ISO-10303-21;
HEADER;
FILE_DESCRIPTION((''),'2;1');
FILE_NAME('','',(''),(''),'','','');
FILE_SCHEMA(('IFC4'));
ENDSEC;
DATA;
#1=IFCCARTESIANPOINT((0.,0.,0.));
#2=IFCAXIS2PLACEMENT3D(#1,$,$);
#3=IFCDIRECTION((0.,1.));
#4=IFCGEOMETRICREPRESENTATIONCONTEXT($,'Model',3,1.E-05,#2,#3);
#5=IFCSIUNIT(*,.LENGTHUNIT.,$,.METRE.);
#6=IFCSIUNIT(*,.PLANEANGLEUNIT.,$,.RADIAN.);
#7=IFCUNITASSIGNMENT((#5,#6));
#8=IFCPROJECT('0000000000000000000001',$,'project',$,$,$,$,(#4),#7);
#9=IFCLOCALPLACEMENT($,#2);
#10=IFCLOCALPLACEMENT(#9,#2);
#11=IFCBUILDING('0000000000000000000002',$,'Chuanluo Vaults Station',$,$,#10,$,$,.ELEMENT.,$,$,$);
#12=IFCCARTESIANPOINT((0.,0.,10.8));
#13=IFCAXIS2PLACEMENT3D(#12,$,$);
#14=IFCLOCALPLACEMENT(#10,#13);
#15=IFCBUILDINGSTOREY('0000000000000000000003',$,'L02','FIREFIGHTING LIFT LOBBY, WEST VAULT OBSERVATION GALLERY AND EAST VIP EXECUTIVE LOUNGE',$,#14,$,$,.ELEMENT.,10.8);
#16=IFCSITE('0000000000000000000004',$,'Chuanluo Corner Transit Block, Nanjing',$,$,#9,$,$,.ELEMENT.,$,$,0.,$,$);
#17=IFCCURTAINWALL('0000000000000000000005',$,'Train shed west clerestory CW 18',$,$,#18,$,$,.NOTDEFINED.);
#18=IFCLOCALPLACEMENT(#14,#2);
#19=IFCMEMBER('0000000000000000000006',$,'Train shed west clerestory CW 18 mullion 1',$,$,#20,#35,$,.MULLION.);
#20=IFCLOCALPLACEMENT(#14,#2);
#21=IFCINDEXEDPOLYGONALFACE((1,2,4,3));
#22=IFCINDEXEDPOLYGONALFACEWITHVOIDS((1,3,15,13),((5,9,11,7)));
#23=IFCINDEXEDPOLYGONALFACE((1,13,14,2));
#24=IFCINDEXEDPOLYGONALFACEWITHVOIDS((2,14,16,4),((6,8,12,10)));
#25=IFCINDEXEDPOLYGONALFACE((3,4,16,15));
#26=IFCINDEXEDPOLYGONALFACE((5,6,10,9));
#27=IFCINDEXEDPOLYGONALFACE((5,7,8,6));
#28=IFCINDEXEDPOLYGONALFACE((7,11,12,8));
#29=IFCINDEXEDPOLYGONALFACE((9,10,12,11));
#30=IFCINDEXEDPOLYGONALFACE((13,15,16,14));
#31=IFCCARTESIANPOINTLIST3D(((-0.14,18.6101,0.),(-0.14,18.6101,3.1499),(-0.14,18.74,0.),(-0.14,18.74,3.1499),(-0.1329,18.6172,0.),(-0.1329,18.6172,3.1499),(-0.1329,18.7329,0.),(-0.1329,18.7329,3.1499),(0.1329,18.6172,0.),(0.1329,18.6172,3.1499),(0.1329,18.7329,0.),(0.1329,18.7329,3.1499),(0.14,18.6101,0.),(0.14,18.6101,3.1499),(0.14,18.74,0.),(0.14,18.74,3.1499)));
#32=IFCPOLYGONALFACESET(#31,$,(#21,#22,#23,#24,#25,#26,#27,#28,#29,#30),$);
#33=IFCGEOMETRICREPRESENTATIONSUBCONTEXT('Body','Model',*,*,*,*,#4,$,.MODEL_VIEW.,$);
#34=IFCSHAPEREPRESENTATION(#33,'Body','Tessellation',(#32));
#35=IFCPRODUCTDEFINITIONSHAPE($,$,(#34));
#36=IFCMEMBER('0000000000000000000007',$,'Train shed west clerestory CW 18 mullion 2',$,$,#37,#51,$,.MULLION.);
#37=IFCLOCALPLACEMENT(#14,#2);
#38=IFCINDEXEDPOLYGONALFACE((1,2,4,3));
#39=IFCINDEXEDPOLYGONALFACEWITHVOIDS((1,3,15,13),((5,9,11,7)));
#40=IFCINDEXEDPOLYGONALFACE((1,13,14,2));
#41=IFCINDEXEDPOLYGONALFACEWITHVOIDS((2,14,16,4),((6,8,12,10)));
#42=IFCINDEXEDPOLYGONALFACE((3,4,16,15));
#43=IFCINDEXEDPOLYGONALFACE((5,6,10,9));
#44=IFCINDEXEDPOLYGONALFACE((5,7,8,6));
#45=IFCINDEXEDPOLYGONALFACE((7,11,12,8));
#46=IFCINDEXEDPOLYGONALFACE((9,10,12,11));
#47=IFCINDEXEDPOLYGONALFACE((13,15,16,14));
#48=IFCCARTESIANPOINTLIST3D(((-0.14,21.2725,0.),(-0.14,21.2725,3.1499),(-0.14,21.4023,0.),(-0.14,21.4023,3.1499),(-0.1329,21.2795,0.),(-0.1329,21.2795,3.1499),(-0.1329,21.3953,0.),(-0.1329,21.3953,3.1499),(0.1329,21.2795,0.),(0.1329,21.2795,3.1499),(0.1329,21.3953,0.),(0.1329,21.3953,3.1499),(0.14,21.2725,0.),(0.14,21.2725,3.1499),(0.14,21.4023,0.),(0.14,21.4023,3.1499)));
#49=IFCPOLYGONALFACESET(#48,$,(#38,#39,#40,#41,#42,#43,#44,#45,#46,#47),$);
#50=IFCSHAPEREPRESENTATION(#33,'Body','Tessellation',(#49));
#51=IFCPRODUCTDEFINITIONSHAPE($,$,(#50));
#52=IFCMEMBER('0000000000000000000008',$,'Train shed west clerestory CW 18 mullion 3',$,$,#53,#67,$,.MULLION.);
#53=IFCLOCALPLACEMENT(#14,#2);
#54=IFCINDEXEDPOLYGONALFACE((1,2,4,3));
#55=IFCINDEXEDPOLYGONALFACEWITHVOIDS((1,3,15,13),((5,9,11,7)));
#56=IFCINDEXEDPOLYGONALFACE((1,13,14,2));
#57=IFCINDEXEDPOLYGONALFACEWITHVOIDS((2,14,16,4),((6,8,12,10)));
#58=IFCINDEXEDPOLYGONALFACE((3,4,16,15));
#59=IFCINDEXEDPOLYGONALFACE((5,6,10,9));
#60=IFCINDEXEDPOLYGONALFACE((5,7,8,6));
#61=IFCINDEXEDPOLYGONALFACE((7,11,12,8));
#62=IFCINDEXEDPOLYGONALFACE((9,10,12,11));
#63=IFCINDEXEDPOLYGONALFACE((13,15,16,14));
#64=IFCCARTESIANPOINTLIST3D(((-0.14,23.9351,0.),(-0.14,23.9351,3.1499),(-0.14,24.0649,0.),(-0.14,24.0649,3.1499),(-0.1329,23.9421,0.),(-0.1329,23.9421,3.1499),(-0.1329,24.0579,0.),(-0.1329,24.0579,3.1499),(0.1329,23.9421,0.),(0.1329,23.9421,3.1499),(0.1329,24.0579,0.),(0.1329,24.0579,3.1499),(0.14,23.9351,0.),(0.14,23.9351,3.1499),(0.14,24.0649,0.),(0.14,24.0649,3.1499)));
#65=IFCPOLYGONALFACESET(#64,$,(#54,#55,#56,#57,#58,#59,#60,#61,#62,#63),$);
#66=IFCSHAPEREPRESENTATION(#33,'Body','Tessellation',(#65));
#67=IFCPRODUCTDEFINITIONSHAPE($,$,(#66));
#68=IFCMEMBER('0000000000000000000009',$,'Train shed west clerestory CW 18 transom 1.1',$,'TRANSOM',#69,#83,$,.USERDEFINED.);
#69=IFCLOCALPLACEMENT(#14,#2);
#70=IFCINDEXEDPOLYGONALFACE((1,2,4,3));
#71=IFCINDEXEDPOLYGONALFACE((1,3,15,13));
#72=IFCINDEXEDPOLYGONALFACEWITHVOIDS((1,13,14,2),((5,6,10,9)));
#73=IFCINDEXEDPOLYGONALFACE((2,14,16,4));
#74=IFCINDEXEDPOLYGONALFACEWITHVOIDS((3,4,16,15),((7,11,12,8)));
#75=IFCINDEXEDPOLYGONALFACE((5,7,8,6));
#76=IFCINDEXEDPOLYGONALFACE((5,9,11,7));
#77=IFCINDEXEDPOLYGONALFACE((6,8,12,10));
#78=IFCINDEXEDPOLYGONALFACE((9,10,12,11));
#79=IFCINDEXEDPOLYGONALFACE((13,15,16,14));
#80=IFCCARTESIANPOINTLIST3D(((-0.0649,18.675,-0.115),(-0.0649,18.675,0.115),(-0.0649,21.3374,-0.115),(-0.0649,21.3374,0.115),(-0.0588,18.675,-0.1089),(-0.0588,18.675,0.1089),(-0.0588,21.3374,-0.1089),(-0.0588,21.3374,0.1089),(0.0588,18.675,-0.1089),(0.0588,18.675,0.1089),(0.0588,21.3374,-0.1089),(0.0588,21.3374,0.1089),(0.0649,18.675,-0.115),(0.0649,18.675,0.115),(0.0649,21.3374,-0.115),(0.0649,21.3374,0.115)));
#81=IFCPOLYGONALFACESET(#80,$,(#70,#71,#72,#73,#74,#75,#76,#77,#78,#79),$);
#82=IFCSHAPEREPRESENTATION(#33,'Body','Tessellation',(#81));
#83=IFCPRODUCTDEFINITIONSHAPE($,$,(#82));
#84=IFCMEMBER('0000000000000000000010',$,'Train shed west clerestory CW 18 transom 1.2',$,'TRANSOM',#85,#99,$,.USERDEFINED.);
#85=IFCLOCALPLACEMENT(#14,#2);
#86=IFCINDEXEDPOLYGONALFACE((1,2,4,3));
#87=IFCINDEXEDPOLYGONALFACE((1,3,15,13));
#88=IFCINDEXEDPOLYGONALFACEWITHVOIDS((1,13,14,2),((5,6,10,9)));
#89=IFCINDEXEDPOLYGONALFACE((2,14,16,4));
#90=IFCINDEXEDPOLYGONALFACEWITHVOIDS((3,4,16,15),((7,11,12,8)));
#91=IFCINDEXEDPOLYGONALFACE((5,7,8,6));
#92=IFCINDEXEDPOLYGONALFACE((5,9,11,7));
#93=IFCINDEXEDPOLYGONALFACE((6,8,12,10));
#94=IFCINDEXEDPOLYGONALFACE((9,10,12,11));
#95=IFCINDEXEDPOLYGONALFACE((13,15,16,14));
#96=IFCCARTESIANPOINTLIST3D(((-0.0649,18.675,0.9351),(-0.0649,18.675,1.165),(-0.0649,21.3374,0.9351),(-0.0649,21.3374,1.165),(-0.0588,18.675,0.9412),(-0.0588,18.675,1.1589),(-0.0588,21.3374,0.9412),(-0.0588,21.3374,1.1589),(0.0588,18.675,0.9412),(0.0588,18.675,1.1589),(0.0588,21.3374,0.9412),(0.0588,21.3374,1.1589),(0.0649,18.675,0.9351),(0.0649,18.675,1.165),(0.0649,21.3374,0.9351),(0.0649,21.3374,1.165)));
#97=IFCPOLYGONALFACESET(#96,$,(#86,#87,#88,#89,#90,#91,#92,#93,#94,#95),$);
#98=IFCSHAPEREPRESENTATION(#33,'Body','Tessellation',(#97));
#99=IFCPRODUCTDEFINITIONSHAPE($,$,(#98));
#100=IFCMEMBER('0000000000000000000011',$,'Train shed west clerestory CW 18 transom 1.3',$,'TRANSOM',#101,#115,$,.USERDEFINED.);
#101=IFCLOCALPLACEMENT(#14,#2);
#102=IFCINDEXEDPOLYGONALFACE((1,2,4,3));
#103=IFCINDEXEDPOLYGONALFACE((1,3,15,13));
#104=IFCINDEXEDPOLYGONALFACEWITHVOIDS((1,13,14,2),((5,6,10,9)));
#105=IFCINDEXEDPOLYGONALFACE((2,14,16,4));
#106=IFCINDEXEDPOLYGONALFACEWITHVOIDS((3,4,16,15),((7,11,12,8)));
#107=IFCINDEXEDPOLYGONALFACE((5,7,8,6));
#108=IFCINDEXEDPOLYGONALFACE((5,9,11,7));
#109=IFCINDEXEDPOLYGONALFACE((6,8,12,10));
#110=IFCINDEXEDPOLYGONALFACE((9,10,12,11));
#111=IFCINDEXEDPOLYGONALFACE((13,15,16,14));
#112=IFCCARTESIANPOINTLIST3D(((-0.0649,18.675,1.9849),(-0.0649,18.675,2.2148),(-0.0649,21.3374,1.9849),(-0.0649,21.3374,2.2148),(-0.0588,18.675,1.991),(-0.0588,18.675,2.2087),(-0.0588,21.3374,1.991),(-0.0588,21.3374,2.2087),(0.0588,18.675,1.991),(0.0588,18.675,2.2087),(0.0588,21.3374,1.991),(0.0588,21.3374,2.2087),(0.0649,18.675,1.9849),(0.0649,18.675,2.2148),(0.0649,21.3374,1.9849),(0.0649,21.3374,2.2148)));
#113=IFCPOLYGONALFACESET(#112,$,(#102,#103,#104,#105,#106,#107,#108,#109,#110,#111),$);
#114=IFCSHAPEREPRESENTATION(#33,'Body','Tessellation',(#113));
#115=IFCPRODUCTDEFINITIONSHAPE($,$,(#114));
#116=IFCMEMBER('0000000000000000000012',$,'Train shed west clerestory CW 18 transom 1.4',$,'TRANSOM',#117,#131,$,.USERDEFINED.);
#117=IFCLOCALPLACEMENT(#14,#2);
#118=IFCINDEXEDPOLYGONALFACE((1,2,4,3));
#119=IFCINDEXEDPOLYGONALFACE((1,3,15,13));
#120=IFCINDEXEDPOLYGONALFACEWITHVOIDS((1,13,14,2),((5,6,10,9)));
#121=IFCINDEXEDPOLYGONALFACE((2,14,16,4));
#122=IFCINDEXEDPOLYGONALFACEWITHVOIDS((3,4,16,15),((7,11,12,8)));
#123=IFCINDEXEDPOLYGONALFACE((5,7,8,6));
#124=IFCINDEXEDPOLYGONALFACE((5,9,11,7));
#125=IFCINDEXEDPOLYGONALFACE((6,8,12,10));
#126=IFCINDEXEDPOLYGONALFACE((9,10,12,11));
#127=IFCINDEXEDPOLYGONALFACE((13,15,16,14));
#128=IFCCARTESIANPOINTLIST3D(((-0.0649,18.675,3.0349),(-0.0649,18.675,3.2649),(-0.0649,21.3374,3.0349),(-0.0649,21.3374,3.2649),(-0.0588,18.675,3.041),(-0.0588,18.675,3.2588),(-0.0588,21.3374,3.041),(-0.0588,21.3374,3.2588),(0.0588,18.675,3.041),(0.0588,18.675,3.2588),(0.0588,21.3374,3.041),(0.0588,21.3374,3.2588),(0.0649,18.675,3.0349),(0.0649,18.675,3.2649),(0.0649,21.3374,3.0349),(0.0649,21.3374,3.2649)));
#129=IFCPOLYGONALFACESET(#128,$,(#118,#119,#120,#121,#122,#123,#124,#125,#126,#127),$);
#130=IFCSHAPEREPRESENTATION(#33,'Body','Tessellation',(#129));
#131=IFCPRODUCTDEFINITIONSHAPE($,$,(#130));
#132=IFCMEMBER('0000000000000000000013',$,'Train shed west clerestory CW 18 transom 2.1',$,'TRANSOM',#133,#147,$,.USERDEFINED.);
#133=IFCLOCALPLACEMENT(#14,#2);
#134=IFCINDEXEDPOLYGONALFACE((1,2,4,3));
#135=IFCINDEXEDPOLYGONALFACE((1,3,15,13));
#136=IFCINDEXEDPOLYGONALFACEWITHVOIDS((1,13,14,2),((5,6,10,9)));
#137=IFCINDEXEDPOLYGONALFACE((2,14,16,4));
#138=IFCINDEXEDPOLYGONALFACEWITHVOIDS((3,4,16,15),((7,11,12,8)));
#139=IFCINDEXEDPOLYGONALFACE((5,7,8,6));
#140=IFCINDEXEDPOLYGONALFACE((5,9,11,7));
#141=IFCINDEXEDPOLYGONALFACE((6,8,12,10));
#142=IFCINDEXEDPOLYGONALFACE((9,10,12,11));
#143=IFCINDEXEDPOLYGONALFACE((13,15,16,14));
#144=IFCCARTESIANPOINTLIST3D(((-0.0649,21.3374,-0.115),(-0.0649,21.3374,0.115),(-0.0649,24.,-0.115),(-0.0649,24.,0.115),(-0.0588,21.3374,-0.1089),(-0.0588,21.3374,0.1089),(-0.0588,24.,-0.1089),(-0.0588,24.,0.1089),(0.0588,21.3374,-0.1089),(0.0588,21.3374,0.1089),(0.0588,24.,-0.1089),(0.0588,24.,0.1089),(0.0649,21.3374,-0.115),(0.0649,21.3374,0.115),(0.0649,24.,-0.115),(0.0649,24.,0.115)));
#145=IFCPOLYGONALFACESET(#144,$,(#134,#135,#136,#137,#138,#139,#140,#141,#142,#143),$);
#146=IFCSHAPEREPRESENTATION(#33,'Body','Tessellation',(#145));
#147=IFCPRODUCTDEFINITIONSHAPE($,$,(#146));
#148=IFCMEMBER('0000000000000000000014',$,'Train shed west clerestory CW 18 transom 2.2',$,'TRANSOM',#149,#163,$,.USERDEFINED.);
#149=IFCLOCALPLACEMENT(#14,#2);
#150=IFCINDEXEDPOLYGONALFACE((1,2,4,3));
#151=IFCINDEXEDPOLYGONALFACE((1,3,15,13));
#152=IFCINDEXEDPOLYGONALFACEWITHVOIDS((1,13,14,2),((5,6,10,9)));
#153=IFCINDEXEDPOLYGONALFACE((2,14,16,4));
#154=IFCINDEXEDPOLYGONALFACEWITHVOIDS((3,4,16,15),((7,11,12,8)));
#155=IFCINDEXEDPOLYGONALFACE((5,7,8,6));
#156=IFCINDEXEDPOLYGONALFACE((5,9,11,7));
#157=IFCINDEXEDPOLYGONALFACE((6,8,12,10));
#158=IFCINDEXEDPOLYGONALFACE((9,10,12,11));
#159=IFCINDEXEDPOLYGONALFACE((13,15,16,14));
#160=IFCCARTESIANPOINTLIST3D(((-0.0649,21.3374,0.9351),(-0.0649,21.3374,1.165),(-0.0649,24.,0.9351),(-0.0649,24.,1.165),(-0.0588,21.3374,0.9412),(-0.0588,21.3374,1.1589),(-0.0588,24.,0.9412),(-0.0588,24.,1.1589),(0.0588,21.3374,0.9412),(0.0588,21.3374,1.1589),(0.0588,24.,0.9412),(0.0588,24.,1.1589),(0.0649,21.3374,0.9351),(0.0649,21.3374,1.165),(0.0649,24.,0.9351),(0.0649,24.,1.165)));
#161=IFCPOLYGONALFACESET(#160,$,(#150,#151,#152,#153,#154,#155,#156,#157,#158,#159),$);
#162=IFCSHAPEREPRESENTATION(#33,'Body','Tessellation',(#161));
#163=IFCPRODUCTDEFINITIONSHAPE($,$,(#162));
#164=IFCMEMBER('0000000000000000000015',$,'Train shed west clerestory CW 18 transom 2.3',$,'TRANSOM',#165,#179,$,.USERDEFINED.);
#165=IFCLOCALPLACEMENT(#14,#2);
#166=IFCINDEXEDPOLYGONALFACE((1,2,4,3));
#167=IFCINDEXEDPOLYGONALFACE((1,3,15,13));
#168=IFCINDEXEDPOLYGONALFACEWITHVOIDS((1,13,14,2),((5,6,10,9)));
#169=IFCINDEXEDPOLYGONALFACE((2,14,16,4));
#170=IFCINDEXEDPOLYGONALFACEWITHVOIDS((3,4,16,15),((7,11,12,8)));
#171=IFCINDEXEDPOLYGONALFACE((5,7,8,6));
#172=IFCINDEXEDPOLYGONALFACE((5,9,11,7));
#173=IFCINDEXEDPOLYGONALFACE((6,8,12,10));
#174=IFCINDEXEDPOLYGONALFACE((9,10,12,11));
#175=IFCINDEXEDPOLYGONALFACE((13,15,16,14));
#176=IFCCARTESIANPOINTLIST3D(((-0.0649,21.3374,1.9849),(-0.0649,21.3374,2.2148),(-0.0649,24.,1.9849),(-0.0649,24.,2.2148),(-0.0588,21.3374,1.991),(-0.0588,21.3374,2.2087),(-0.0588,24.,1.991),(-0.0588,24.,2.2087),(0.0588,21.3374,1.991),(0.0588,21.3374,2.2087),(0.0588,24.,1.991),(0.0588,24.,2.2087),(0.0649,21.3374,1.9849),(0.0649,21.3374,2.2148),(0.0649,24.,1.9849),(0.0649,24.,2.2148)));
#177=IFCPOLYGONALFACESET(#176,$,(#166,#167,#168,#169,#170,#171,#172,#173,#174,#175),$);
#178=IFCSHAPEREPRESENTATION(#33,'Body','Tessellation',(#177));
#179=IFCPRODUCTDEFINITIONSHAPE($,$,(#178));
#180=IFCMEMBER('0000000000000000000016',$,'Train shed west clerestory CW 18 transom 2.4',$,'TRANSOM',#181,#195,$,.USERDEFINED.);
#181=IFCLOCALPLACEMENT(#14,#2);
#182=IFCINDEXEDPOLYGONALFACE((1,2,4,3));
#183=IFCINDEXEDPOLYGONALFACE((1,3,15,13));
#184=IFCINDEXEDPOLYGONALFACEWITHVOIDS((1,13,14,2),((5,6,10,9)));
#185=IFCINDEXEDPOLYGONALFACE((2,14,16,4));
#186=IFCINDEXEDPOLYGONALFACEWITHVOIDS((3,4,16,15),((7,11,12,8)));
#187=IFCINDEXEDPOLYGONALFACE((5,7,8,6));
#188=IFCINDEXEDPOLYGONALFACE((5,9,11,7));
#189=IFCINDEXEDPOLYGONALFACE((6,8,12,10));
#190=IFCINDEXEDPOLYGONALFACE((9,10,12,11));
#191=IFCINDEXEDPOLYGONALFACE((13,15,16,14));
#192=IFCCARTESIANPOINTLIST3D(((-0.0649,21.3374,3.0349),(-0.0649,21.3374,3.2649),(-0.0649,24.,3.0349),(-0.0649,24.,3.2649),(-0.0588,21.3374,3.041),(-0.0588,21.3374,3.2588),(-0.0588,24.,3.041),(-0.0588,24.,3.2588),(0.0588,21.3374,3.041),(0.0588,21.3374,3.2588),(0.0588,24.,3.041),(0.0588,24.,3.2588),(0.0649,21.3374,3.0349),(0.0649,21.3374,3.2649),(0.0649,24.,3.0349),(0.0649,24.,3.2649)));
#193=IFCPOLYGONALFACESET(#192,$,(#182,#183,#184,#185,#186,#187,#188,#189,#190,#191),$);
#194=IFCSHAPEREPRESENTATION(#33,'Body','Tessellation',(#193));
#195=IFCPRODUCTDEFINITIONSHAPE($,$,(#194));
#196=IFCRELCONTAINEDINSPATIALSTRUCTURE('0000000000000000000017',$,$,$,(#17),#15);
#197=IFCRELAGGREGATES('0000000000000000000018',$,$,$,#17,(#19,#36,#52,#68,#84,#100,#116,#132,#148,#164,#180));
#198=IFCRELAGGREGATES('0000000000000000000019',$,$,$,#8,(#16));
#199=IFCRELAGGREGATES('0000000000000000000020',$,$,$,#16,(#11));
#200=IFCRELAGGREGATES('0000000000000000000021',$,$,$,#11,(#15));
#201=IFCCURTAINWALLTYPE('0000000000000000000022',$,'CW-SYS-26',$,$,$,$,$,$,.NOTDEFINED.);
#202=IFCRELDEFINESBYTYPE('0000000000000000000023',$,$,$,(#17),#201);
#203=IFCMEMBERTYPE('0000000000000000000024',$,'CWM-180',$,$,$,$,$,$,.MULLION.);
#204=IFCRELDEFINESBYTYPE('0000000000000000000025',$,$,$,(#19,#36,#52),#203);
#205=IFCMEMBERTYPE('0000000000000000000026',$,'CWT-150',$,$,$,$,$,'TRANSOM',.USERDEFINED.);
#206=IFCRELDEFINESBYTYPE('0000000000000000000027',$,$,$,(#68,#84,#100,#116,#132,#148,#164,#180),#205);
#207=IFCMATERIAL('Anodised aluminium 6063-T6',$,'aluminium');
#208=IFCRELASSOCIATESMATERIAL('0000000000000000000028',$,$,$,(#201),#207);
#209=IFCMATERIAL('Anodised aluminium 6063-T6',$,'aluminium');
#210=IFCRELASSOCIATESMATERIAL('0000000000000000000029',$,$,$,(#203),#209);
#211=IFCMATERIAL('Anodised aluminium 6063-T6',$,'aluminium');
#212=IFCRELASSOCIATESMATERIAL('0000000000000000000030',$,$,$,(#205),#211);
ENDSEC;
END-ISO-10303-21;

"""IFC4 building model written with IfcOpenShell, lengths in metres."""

from ifc_helpers import new_model, si_unit, direction, frame, origin, origin_2d, place, context, subcontext, project, spatial, hollow_rectangle, extrude, material, material_profile, profile_set, type_object, element, aggregate, save


model = new_model("IFC4")

# Units and contexts
model_context = context("Model", 3, precision=1e-05, world=origin(), true_north=direction((0.0, 1.0)))
body_context = subcontext(model_context, "Body", "Model", "MODEL_VIEW")
ifc_project = project(units=[si_unit("LENGTHUNIT", "METRE"), si_unit("PLANEANGLEUNIT", "RADIAN")], contexts=[model_context])

# Site, building, storey
site_placement = place(None, origin())
site = spatial("IfcSite", under=ifc_project, at=site_placement, Name="Chuanluo Corner Transit Block, Nanjing", CompositionType="ELEMENT", RefElevation=0.0)
building_placement = place(site_placement, origin())
building = spatial("IfcBuilding", under=site, at=building_placement, Name="Chuanluo Vaults Station", CompositionType="ELEMENT")
storey_placement = place(building_placement, frame((0.0, 0.0, 10.8)))
storey = spatial("IfcBuildingStorey", under=building, at=storey_placement, Name="L02", Description="FIREFIGHTING LIFT LOBBY, WEST VAULT OBSERVATION GALLERY AND EAST VIP EXECUTIVE LOUNGE", CompositionType="ELEMENT", Elevation=10.8)

# Curtain wall, members
ifc_material_1 = material(Name="Anodised aluminium 6063-T6", Category="aluminium")
curtain_wall_type = type_object("IfcCurtainWallType", Name="CW-SYS-26", PredefinedType="NOTDEFINED", material=ifc_material_1)
curtain_wall_placement = place(storey_placement, origin())
curtain_wall = element("IfcCurtainWall", 1, at=curtain_wall_placement, inside=storey, type_object=curtain_wall_type, Name="Train shed west clerestory CW 18", PredefinedType="NOTDEFINED")
ifc_material_2 = material(Name="Anodised aluminium 6063-T6", Category="aluminium")
ifc_material_profile_1 = material_profile(ifc_material_2, hollow_rectangle(XDim=0.1299, YDim=0.28, WallThickness=0.0071, at=origin_2d()))
ifc_profile_set_1 = profile_set([ifc_material_profile_1], Name="Anodised aluminium 6063-T6")
member_type_1 = type_object("IfcMemberType", Name="CWM-180", PredefinedType="MULLION", material=ifc_profile_set_1)
member_1_placement = place(storey_placement, frame((0.0, 18.675, 0.0), z_axis=(0.0, 0.0, 1.0), x_axis=(0.0, 1.0, 0.0)))
member_1 = element("IfcMember", 2, at=member_1_placement, type_object=member_type_1, Name="Train shed west clerestory CW 18 mullion 1", PredefinedType="MULLION", context=body_context, shape_type="SweptSolid", body=[
    extrude(hollow_rectangle(XDim=0.1299, YDim=0.28, WallThickness=0.0071, at=origin_2d()), origin(), (0.0, 0.0, 1.0), 3.1499),
])
member_2_placement = place(storey_placement, frame((0.0, 21.3374, 0.0), z_axis=(0.0, 0.0, 1.0), x_axis=(0.0, 1.0, 0.0)))
member_2 = element("IfcMember", 3, at=member_2_placement, type_object=member_type_1, Name="Train shed west clerestory CW 18 mullion 2", PredefinedType="MULLION", context=body_context, shape_type="SweptSolid", body=[
    extrude(hollow_rectangle(XDim=0.1299, YDim=0.28, WallThickness=0.0071, at=origin_2d()), origin(), (0.0, 0.0, 1.0), 3.1499),
])
member_3_placement = place(storey_placement, frame((0.0, 24.0, 0.0), z_axis=(0.0, 0.0, 1.0), x_axis=(0.0, 1.0, 0.0)))
member_3 = element("IfcMember", 4, at=member_3_placement, type_object=member_type_1, Name="Train shed west clerestory CW 18 mullion 3", PredefinedType="MULLION", context=body_context, shape_type="SweptSolid", body=[
    extrude(hollow_rectangle(XDim=0.1299, YDim=0.28, WallThickness=0.0071, at=origin_2d()), origin(), (0.0, 0.0, 1.0), 3.1499),
])
ifc_material_3 = material(Name="Anodised aluminium 6063-T6", Category="aluminium")
ifc_material_profile_2 = material_profile(ifc_material_3, hollow_rectangle(XDim=0.1299, YDim=0.23, WallThickness=0.0061, at=origin_2d()))
ifc_profile_set_2 = profile_set([ifc_material_profile_2], Name="Anodised aluminium 6063-T6")
member_type_2 = type_object("IfcMemberType", Name="CWT-150", ElementType="TRANSOM", PredefinedType="USERDEFINED", material=ifc_profile_set_2)
member_4_placement = place(storey_placement, frame((0.0, 18.675, 0.0), z_axis=(0.0, 1.0, 0.0), x_axis=(-1.0, 0.0, 0.0)))
member_4 = element("IfcMember", 5, at=member_4_placement, type_object=member_type_2, Name="Train shed west clerestory CW 18 transom 1.1", ObjectType="TRANSOM", PredefinedType="USERDEFINED", context=body_context, shape_type="SweptSolid", body=[
    extrude(hollow_rectangle(XDim=0.1299, YDim=0.23, WallThickness=0.0061, at=origin_2d()), origin(), (0.0, 0.0, 1.0), 2.6624),
])
member_5_placement = place(storey_placement, frame((0.0, 18.675, 1.05), z_axis=(0.0, 1.0, 0.0), x_axis=(-1.0, 0.0, 0.0)))
member_5 = element("IfcMember", 6, at=member_5_placement, type_object=member_type_2, Name="Train shed west clerestory CW 18 transom 1.2", ObjectType="TRANSOM", PredefinedType="USERDEFINED", context=body_context, shape_type="SweptSolid", body=[
    extrude(hollow_rectangle(XDim=0.1299, YDim=0.23, WallThickness=0.0061, at=origin_2d()), origin(), (0.0, 0.0, 1.0), 2.6624),
])
member_6_placement = place(storey_placement, frame((0.0, 18.675, 2.0999), z_axis=(0.0, 1.0, 0.0), x_axis=(-1.0, 0.0, 0.0)))
member_6 = element("IfcMember", 7, at=member_6_placement, type_object=member_type_2, Name="Train shed west clerestory CW 18 transom 1.3", ObjectType="TRANSOM", PredefinedType="USERDEFINED", context=body_context, shape_type="SweptSolid", body=[
    extrude(hollow_rectangle(XDim=0.1299, YDim=0.23, WallThickness=0.0061, at=origin_2d()), origin(), (0.0, 0.0, 1.0), 2.6624),
])
member_7_placement = place(storey_placement, frame((0.0, 18.675, 3.1499), z_axis=(0.0, 1.0, 0.0), x_axis=(-1.0, 0.0, 0.0)))
member_7 = element("IfcMember", 8, at=member_7_placement, type_object=member_type_2, Name="Train shed west clerestory CW 18 transom 1.4", ObjectType="TRANSOM", PredefinedType="USERDEFINED", context=body_context, shape_type="SweptSolid", body=[
    extrude(hollow_rectangle(XDim=0.1299, YDim=0.23, WallThickness=0.0061, at=origin_2d()), origin(), (0.0, 0.0, 1.0), 2.6624),
])
member_8_placement = place(storey_placement, frame((0.0, 21.3374, 0.0), z_axis=(0.0, 1.0, 0.0), x_axis=(-1.0, 0.0, 0.0)))
member_8 = element("IfcMember", 9, at=member_8_placement, type_object=member_type_2, Name="Train shed west clerestory CW 18 transom 2.1", ObjectType="TRANSOM", PredefinedType="USERDEFINED", context=body_context, shape_type="SweptSolid", body=[
    extrude(hollow_rectangle(XDim=0.1299, YDim=0.23, WallThickness=0.0061, at=origin_2d()), origin(), (0.0, 0.0, 1.0), 2.6626),
])
member_9_placement = place(storey_placement, frame((0.0, 21.3374, 1.05), z_axis=(0.0, 1.0, 0.0), x_axis=(-1.0, 0.0, 0.0)))
member_9 = element("IfcMember", 10, at=member_9_placement, type_object=member_type_2, Name="Train shed west clerestory CW 18 transom 2.2", ObjectType="TRANSOM", PredefinedType="USERDEFINED", context=body_context, shape_type="SweptSolid", body=[
    extrude(hollow_rectangle(XDim=0.1299, YDim=0.23, WallThickness=0.0061, at=origin_2d()), origin(), (0.0, 0.0, 1.0), 2.6626),
])
member_10_placement = place(storey_placement, frame((0.0, 21.3374, 2.0999), z_axis=(0.0, 1.0, 0.0), x_axis=(-1.0, 0.0, 0.0)))
member_10 = element("IfcMember", 11, at=member_10_placement, type_object=member_type_2, Name="Train shed west clerestory CW 18 transom 2.3", ObjectType="TRANSOM", PredefinedType="USERDEFINED", context=body_context, shape_type="SweptSolid", body=[
    extrude(hollow_rectangle(XDim=0.1299, YDim=0.23, WallThickness=0.0061, at=origin_2d()), origin(), (0.0, 0.0, 1.0), 2.6626),
])
member_11_placement = place(storey_placement, frame((0.0, 21.3374, 3.1499), z_axis=(0.0, 1.0, 0.0), x_axis=(-1.0, 0.0, 0.0)))
member_11 = element("IfcMember", 12, at=member_11_placement, type_object=member_type_2, Name="Train shed west clerestory CW 18 transom 2.4", ObjectType="TRANSOM", PredefinedType="USERDEFINED", context=body_context, shape_type="SweptSolid", body=[
    extrude(hollow_rectangle(XDim=0.1299, YDim=0.23, WallThickness=0.0061, at=origin_2d()), origin(), (0.0, 0.0, 1.0), 2.6626),
])
aggregate(curtain_wall, [member_1, member_2, member_3, member_4, member_5, member_6, member_7, member_8, member_9, member_10, member_11])

save(model, "model.ifc")
